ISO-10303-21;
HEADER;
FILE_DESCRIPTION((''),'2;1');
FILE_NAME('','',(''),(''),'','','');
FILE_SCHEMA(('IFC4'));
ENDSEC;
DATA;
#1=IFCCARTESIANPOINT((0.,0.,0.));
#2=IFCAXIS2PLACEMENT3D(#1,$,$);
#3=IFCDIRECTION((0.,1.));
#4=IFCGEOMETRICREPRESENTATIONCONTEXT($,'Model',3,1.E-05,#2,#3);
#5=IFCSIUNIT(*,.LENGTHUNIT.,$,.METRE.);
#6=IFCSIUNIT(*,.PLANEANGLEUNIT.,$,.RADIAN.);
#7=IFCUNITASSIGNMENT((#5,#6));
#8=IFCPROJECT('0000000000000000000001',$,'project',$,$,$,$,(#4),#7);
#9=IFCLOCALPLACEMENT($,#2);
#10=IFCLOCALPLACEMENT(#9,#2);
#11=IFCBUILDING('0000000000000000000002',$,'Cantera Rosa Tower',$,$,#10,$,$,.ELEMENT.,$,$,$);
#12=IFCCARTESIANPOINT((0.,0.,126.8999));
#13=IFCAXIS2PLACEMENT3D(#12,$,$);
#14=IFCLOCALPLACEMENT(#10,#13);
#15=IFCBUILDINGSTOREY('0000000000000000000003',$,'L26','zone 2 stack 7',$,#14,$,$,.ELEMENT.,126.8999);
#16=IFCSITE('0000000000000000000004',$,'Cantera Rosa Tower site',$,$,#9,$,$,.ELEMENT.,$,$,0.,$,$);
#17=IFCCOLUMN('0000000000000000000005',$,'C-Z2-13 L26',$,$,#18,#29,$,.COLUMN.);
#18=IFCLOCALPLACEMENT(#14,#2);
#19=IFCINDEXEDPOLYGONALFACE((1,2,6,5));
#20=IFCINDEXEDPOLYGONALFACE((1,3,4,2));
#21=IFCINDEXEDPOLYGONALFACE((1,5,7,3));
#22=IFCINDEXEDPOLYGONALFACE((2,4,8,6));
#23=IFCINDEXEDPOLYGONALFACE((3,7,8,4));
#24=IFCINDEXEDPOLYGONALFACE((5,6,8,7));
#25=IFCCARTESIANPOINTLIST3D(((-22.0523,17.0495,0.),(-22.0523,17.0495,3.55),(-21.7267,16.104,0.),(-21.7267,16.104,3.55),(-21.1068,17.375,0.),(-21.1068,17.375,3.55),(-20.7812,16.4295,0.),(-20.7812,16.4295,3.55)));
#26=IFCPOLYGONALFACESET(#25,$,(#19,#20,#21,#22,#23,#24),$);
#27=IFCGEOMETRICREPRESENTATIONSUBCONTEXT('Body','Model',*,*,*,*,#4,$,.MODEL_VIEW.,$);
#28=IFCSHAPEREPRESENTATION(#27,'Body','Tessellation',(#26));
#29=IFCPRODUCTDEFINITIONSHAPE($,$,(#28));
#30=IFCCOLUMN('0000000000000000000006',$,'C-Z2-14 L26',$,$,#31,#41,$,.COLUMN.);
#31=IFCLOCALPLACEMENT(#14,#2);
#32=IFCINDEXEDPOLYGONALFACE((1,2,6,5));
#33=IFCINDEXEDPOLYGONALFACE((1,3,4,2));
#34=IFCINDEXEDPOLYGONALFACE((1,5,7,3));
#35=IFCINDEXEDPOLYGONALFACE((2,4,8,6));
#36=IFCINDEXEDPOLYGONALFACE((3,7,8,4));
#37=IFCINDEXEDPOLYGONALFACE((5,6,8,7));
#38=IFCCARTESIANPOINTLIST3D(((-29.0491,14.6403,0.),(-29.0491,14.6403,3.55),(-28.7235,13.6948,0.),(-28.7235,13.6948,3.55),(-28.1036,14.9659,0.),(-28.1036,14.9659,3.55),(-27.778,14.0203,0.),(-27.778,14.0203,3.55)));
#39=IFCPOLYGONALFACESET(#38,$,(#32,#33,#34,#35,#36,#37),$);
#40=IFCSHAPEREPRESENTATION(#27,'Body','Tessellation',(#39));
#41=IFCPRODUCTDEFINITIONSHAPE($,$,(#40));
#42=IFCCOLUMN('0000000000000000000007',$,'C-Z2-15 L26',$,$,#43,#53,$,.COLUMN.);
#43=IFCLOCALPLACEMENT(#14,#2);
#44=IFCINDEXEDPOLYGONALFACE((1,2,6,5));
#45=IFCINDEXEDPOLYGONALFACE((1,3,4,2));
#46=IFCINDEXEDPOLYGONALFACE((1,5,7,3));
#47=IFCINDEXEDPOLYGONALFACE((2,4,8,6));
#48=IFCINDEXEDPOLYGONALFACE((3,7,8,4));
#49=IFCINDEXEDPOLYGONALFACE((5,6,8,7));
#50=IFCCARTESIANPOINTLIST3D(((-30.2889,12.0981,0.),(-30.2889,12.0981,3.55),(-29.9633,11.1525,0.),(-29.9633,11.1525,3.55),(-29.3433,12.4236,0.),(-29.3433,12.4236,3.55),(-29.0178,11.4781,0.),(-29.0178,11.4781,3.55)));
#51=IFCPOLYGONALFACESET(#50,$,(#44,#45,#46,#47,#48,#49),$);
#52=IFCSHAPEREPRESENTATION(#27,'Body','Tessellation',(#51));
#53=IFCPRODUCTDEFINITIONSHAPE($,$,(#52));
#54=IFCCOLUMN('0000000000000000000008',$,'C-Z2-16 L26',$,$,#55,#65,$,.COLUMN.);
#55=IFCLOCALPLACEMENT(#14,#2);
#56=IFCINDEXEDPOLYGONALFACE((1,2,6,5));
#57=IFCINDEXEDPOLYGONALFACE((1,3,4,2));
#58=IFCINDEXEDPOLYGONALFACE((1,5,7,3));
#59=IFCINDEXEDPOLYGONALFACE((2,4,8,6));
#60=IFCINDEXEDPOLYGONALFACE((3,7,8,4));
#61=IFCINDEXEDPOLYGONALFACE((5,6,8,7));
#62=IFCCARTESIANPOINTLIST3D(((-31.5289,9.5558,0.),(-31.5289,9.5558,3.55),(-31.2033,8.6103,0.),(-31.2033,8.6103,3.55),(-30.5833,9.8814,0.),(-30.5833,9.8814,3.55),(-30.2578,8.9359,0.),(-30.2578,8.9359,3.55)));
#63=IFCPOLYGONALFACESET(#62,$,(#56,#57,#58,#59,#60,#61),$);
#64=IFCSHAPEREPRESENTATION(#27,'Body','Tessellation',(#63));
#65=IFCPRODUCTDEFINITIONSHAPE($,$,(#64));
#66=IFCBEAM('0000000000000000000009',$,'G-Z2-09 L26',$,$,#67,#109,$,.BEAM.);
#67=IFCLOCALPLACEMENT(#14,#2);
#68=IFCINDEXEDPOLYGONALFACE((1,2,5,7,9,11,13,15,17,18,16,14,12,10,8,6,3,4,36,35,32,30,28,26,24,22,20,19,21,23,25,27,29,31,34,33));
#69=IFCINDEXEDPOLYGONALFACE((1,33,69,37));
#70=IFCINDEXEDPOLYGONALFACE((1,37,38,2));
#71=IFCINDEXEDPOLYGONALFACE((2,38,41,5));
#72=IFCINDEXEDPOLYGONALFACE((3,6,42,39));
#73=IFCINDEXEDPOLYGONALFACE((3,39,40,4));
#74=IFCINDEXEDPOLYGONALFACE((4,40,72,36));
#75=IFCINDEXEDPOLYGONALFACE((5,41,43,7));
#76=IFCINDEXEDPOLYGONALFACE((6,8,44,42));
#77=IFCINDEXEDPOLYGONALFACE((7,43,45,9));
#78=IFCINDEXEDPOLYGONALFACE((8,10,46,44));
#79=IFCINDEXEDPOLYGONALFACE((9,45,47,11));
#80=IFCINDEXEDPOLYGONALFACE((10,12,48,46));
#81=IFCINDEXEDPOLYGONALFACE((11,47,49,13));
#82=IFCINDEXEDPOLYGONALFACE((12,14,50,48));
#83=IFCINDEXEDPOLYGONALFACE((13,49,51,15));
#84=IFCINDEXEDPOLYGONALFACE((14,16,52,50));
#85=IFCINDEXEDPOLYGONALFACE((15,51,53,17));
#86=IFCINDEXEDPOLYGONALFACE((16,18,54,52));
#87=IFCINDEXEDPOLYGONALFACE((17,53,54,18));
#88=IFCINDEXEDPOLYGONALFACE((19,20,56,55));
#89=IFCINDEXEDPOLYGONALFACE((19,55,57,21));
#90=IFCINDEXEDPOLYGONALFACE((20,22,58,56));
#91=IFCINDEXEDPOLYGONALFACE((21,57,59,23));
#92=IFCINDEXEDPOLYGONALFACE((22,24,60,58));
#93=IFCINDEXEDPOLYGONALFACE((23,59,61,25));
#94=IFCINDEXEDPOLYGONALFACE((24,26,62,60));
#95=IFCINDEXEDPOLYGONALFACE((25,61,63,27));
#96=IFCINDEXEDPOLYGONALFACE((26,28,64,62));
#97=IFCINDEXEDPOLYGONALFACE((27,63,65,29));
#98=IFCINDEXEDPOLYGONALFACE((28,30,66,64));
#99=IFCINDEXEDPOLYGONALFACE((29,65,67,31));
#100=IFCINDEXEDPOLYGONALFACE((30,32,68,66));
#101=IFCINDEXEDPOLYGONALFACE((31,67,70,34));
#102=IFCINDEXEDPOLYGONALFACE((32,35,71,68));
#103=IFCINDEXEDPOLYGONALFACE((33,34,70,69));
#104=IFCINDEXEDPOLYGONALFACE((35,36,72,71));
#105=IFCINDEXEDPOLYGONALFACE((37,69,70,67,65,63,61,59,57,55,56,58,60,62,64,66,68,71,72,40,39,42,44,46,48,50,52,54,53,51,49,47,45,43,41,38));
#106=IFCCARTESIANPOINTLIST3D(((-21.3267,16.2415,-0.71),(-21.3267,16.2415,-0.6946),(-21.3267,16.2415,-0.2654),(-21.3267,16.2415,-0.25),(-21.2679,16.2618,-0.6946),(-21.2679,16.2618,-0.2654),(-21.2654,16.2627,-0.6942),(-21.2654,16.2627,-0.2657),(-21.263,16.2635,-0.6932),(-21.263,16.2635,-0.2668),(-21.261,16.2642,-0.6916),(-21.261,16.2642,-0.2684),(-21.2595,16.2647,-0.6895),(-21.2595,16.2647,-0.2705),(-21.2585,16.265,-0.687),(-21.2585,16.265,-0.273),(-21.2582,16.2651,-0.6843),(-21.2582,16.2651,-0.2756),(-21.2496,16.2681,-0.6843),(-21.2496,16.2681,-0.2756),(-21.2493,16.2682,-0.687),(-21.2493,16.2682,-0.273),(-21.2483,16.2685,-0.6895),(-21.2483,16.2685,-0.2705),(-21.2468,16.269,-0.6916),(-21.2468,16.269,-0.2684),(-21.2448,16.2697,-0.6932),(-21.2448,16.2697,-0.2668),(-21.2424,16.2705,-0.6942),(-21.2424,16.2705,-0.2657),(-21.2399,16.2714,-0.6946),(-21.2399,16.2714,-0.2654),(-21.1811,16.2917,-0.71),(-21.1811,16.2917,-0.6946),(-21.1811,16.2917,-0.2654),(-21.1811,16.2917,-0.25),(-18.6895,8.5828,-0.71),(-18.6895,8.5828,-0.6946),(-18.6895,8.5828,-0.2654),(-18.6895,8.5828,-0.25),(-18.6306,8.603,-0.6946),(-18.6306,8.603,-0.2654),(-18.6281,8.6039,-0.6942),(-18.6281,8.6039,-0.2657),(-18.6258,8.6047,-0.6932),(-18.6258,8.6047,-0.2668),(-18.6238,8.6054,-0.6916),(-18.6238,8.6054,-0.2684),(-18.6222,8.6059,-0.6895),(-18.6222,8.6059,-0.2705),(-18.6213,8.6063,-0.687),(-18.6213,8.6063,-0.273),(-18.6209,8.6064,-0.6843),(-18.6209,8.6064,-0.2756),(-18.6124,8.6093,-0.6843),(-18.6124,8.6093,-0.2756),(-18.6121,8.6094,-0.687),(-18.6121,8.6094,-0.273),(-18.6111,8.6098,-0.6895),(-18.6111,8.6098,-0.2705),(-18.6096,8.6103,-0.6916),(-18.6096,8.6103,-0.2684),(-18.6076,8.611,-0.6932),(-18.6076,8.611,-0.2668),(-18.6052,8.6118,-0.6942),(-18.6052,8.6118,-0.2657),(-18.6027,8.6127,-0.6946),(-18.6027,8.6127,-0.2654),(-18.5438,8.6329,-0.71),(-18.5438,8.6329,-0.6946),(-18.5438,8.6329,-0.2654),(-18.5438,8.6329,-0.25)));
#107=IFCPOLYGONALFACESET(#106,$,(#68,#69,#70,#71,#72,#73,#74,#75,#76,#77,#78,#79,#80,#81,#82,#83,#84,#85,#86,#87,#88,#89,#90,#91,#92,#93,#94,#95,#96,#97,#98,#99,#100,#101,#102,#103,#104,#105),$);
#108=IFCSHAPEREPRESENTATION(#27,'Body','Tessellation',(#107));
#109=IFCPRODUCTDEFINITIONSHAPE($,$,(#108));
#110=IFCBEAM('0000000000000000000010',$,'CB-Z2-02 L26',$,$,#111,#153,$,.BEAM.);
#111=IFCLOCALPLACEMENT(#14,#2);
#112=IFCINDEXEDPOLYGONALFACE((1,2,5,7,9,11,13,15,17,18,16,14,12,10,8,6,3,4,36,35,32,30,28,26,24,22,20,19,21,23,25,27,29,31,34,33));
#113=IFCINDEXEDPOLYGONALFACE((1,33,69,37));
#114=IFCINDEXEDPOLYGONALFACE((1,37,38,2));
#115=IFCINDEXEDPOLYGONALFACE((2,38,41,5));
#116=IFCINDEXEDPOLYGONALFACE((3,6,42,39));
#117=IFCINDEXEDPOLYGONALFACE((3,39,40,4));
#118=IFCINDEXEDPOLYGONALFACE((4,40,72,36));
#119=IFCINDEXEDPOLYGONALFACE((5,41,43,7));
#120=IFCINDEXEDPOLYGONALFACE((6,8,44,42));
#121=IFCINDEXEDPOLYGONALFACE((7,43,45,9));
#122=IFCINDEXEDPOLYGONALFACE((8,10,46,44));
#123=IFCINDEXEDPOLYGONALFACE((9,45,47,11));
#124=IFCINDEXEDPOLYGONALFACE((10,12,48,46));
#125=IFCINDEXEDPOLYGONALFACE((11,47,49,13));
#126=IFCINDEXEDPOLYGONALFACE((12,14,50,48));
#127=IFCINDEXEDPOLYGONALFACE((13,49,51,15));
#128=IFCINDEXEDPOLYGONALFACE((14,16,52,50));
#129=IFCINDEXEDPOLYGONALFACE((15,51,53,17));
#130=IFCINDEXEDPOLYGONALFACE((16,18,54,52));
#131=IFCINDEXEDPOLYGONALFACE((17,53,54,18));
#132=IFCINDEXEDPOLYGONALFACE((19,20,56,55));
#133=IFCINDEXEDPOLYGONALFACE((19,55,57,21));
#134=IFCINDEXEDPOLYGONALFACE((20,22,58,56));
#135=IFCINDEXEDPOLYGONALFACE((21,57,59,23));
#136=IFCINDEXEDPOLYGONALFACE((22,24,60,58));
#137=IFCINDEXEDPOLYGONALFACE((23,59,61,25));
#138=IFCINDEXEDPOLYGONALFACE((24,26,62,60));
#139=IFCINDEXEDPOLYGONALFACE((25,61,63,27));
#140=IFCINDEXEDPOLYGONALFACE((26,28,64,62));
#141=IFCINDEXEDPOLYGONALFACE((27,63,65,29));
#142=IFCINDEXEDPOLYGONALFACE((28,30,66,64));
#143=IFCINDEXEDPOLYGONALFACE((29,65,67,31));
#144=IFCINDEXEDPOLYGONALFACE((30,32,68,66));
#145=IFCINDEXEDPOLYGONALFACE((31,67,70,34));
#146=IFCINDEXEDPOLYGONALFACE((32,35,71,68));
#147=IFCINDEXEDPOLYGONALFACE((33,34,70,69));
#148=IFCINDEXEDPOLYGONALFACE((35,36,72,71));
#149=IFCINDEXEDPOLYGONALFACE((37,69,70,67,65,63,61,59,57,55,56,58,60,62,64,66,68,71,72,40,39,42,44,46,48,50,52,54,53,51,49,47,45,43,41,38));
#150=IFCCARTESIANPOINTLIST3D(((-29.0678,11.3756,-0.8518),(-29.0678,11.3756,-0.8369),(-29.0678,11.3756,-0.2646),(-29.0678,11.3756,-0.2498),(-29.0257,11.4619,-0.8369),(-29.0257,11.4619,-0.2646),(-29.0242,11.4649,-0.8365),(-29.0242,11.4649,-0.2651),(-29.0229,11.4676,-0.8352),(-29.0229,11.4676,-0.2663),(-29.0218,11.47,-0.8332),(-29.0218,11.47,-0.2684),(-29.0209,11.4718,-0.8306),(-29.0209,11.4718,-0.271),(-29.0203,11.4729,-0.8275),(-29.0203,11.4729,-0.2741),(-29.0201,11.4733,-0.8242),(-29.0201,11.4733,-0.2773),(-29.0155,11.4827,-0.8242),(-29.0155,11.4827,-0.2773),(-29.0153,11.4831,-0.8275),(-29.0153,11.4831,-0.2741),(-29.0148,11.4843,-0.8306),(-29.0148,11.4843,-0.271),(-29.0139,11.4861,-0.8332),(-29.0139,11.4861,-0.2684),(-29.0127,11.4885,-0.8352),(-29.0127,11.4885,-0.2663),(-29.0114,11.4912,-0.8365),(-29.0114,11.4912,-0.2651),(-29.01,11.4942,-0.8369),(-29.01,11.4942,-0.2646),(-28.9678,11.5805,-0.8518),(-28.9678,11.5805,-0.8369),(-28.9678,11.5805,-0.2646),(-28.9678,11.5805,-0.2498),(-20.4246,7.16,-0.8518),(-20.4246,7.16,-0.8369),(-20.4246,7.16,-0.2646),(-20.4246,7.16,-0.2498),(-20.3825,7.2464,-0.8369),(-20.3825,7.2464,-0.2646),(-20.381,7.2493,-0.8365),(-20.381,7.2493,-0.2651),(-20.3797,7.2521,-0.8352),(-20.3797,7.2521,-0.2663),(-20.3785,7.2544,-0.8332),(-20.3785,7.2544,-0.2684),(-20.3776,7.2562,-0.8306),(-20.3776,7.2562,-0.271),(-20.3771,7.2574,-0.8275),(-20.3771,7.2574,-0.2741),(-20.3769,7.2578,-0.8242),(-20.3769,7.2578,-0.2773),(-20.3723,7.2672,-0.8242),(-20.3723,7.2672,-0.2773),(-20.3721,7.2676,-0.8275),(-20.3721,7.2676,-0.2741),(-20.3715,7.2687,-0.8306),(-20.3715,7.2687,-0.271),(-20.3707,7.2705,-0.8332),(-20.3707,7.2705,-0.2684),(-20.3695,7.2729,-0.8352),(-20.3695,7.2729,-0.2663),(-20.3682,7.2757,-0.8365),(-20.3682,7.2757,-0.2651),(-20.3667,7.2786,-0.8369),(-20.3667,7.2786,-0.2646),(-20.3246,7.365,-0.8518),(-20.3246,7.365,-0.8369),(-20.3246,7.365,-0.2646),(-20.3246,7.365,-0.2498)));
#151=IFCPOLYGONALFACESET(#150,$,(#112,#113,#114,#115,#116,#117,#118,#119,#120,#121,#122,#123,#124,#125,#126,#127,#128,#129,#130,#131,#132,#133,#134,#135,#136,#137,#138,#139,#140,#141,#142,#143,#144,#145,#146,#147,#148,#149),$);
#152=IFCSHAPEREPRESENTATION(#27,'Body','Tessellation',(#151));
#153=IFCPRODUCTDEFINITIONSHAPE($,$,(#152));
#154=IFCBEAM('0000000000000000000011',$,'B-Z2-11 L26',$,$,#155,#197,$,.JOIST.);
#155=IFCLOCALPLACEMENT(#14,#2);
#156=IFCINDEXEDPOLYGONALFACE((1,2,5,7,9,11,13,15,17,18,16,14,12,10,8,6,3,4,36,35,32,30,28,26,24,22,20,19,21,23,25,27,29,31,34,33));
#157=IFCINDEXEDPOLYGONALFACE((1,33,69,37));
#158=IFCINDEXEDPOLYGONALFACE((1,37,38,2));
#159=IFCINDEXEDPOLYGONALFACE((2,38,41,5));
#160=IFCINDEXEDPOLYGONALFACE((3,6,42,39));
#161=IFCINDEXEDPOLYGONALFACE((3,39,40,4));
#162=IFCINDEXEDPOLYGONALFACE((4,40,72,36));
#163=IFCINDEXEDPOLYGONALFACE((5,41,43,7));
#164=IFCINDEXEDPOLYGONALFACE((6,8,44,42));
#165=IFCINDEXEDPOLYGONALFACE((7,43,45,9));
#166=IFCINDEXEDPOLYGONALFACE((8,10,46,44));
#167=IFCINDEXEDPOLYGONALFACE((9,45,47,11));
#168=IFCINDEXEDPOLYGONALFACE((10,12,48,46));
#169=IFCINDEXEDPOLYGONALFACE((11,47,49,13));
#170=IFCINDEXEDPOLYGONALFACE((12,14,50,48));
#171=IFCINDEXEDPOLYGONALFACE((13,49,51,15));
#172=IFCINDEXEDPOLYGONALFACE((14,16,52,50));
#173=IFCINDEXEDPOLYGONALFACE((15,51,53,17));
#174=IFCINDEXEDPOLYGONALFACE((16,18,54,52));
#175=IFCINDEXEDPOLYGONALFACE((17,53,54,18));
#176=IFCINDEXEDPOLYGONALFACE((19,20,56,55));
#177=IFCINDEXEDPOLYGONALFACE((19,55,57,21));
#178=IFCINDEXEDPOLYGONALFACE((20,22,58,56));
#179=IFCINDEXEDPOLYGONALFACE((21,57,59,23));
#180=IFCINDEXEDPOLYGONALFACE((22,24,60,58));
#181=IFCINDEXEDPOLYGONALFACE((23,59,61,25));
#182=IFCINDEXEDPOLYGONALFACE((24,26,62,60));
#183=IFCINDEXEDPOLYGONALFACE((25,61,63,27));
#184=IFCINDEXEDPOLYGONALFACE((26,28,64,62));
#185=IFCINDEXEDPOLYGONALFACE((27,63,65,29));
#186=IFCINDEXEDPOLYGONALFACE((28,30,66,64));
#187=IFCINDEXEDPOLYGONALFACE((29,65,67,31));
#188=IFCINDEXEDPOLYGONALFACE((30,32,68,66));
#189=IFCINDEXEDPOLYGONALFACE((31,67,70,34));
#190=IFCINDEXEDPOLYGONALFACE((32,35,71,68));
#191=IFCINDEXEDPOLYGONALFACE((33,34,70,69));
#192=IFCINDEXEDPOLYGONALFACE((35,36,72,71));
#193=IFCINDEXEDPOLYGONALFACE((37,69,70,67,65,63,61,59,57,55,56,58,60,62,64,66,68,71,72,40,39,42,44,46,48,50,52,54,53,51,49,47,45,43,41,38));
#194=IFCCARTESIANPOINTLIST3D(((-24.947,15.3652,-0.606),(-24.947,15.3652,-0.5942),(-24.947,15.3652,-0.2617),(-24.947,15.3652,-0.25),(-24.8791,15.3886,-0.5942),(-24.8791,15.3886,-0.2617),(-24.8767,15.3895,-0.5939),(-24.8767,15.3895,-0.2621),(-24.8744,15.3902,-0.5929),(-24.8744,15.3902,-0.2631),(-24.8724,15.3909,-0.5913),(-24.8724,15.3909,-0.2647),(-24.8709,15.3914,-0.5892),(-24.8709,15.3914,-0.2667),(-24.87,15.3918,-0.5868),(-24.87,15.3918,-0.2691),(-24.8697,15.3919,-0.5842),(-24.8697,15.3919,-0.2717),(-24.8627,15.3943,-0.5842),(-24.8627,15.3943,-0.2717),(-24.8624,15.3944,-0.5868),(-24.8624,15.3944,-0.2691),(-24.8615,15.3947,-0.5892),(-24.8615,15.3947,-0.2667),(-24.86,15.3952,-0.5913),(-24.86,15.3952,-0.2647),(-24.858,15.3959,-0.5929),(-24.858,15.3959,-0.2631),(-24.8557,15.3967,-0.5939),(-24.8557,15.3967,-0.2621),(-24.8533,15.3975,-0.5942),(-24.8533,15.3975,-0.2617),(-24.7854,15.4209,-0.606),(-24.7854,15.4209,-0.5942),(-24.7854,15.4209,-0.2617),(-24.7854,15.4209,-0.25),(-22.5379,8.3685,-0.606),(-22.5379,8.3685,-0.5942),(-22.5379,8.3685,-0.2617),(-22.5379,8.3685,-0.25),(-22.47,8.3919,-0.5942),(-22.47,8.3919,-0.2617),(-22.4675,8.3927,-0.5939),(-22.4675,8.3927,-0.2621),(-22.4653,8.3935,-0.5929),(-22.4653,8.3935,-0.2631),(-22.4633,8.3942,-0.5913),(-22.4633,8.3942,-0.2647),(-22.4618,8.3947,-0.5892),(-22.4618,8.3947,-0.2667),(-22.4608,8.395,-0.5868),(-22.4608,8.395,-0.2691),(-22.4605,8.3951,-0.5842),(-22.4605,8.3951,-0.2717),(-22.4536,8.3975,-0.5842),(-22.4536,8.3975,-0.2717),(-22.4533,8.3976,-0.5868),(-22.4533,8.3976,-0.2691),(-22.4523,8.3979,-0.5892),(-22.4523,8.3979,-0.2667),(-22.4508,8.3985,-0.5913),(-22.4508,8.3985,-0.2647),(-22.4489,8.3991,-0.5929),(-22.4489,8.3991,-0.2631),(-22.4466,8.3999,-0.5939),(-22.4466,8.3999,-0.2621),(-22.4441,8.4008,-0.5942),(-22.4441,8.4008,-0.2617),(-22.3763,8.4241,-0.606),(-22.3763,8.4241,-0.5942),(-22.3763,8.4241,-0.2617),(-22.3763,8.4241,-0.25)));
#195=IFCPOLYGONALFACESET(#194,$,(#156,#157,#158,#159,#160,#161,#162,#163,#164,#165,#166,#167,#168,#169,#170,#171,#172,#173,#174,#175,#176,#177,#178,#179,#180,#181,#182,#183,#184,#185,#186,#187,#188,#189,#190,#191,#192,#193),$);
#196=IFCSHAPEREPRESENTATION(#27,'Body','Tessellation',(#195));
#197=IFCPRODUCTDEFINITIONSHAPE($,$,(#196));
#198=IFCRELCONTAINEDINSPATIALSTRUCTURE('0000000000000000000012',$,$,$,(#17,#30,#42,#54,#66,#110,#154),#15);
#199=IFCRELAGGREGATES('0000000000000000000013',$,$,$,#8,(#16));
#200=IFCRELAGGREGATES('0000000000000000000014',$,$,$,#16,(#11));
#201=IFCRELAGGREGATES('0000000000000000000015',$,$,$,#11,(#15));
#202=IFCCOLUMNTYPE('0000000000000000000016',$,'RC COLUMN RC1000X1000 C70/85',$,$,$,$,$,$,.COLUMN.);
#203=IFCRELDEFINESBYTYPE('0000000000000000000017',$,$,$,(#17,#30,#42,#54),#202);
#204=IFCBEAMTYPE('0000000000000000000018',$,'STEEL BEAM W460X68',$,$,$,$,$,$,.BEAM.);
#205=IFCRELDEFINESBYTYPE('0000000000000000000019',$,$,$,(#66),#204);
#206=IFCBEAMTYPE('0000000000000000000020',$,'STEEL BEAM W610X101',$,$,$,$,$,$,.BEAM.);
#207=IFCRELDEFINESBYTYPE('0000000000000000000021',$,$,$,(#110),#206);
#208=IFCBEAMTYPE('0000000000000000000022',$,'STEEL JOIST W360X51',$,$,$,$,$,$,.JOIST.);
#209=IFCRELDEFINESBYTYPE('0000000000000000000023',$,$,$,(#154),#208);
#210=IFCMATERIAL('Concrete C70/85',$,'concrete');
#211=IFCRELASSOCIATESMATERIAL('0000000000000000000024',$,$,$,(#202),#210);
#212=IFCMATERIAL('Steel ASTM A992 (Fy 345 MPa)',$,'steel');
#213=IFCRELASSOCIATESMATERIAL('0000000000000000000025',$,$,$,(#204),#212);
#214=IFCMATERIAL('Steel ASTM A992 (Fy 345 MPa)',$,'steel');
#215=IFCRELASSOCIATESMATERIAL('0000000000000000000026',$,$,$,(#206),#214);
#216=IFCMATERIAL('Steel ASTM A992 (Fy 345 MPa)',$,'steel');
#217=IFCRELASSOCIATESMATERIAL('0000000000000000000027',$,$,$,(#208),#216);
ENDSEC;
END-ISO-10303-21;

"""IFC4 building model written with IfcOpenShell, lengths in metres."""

from ifc_helpers import new_model, si_unit, direction, frame, origin, origin_2d, place, context, subcontext, project, spatial, rectangle, i_section, extrude, material, material_profile, profile_set, type_object, element, save


model = new_model("IFC4")

# Units and contexts
model_context = context("Model", 3, precision=1e-05, world=origin(), true_north=direction((0.0, 1.0)))
body_context = subcontext(model_context, "Body", "Model", "MODEL_VIEW")
ifc_project = project(units=[si_unit("LENGTHUNIT", "METRE"), si_unit("PLANEANGLEUNIT", "RADIAN")], contexts=[model_context])

# Site, building, storey
site_placement = place(None, origin())
site = spatial("IfcSite", under=ifc_project, at=site_placement, Name="Cantera Rosa Tower site", CompositionType="ELEMENT", RefElevation=0.0)
building_placement = place(site_placement, origin())
building = spatial("IfcBuilding", under=site, at=building_placement, Name="Cantera Rosa Tower", CompositionType="ELEMENT")
storey_placement = place(building_placement, frame((0.0, 0.0, 126.8999)))
storey = spatial("IfcBuildingStorey", under=building, at=storey_placement, Name="L26", Description="zone 2 stack 7", CompositionType="ELEMENT", Elevation=126.8999)

# Columns
ifc_material_1 = material(Name="Concrete C70/85", Category="concrete")
ifc_material_profile_1 = material_profile(ifc_material_1, rectangle(XDim=1.0, YDim=1.0, at=origin_2d()), Name="RC COLUMN RC1000X1000 C70/85")
ifc_profile_set_1 = profile_set([ifc_material_profile_1], Name="Concrete C70/85")
column_type = type_object("IfcColumnType", Name="RC COLUMN RC1000X1000 C70/85", PredefinedType="COLUMN", material=ifc_profile_set_1)
for number, where, z_axis, x_axis, name in (
    (1, (-21.4167, 16.7395, 0.0), (0.0, 0.0, 1.0), (0.945519, 0.325568, 0.0), "C-Z2-13 L26"),
    (2, (-28.4136, 14.3303, 0.0), (0.0, 0.0, 1.0), (0.945519, 0.325568, 0.0), "C-Z2-14 L26"),
    (3, (-29.6533, 11.7881, 0.0), (0.0, 0.0, 1.0), (0.945519, 0.325568, 0.0), "C-Z2-15 L26"),
    (4, (-30.8933, 9.2458, 0.0), (0.0, 0.0, 1.0), (0.945519, 0.325568, 0.0), "C-Z2-16 L26"),
):
    element("IfcColumn", number, at=place(storey_placement, frame(where, z_axis=z_axis, x_axis=x_axis)), inside=storey, type_object=column_type, Name=name, PredefinedType="COLUMN", context=body_context, shape_type="SweptSolid", body=[
        extrude(rectangle(XDim=1.0, YDim=1.0, at=origin_2d()), origin(), (0.0, 0.0, 1.0), 3.55),
    ])

# Beams
ifc_material_2 = material(Name="Steel ASTM A992 (Fy 345 MPa)", Category="steel")
ifc_material_profile_2 = material_profile(ifc_material_2, i_section(OverallWidth=0.1541, OverallDepth=0.46, WebThickness=0.009, FlangeThickness=0.0154, FilletRadius=0.0103, at=origin_2d()), Name="W460X68")
ifc_profile_set_2 = profile_set([ifc_material_profile_2], Name="Steel ASTM A992 (Fy 345 MPa)")
beam_type_1 = type_object("IfcBeamType", Name="STEEL BEAM W460X68", PredefinedType="BEAM", material=ifc_profile_set_2)
beam_1_placement = place(storey_placement, frame((-21.2539, 16.2666, -0.48), z_axis=(0.32558, -0.945514, 0.0), x_axis=(0.945514, 0.32558, 0.0)))
element("IfcBeam", 5, at=beam_1_placement, inside=storey, type_object=beam_type_1, Name="G-Z2-09 L26", PredefinedType="BEAM", context=body_context, shape_type="SweptSolid", body=[
    extrude(i_section(OverallWidth=0.1541, OverallDepth=0.46, WebThickness=0.009, FlangeThickness=0.0154, FilletRadius=0.0103, at=origin_2d()), origin(), (0.0, 0.0, 1.0), 8.1001),
])
ifc_material_3 = material(Name="Steel ASTM A992 (Fy 345 MPa)", Category="steel")
ifc_material_profile_3 = material_profile(ifc_material_3, i_section(OverallWidth=0.228, OverallDepth=0.6021, WebThickness=0.0105, FlangeThickness=0.0149, FilletRadius=0.0127, at=origin_2d()), Name="W610X101")
ifc_profile_set_3 = profile_set([ifc_material_profile_3], Name="Steel ASTM A992 (Fy 345 MPa)")
beam_type_2 = type_object("IfcBeamType", Name="STEEL BEAM W610X101", PredefinedType="BEAM", material=ifc_profile_set_3)
beam_2_placement = place(storey_placement, frame((-29.0178, 11.478, -0.5508), z_axis=(0.898796, -0.438367, 0.0), x_axis=(0.438367, 0.898796, 0.0)))
element("IfcBeam", 6, at=beam_2_placement, inside=storey, type_object=beam_type_2, Name="CB-Z2-02 L26", PredefinedType="BEAM", context=body_context, shape_type="SweptSolid", body=[
    extrude(i_section(OverallWidth=0.228, OverallDepth=0.6021, WebThickness=0.0105, FlangeThickness=0.0149, FilletRadius=0.0127, at=origin_2d()), origin(), (0.0, 0.0, 1.0), 9.6165),
])
ifc_material_4 = material(Name="Steel ASTM A992 (Fy 345 MPa)", Category="steel")
ifc_material_profile_4 = material_profile(ifc_material_4, i_section(OverallWidth=0.1709, OverallDepth=0.356, WebThickness=0.0073, FlangeThickness=0.0117, FilletRadius=0.01, at=origin_2d()), Name="W360X51")
ifc_profile_set_4 = profile_set([ifc_material_profile_4], Name="Steel ASTM A992 (Fy 345 MPa)")
beam_type_3 = type_object("IfcBeamType", Name="STEEL JOIST W360X51", PredefinedType="JOIST", material=ifc_profile_set_4)
beam_3_placement = place(storey_placement, frame((-24.8662, 15.3931, -0.428), z_axis=(0.325566, -0.945519, 0.0), x_axis=(0.945519, 0.325566, 0.0)))
element("IfcBeam", 7, at=beam_3_placement, inside=storey, type_object=beam_type_3, Name="B-Z2-11 L26", PredefinedType="JOIST", context=body_context, shape_type="SweptSolid", body=[
    extrude(i_section(OverallWidth=0.1709, OverallDepth=0.356, WebThickness=0.0073, FlangeThickness=0.0117, FilletRadius=0.01, at=origin_2d()), origin(), (0.0, 0.0, 1.0), 7.3999),
])

save(model, "model.ifc")
